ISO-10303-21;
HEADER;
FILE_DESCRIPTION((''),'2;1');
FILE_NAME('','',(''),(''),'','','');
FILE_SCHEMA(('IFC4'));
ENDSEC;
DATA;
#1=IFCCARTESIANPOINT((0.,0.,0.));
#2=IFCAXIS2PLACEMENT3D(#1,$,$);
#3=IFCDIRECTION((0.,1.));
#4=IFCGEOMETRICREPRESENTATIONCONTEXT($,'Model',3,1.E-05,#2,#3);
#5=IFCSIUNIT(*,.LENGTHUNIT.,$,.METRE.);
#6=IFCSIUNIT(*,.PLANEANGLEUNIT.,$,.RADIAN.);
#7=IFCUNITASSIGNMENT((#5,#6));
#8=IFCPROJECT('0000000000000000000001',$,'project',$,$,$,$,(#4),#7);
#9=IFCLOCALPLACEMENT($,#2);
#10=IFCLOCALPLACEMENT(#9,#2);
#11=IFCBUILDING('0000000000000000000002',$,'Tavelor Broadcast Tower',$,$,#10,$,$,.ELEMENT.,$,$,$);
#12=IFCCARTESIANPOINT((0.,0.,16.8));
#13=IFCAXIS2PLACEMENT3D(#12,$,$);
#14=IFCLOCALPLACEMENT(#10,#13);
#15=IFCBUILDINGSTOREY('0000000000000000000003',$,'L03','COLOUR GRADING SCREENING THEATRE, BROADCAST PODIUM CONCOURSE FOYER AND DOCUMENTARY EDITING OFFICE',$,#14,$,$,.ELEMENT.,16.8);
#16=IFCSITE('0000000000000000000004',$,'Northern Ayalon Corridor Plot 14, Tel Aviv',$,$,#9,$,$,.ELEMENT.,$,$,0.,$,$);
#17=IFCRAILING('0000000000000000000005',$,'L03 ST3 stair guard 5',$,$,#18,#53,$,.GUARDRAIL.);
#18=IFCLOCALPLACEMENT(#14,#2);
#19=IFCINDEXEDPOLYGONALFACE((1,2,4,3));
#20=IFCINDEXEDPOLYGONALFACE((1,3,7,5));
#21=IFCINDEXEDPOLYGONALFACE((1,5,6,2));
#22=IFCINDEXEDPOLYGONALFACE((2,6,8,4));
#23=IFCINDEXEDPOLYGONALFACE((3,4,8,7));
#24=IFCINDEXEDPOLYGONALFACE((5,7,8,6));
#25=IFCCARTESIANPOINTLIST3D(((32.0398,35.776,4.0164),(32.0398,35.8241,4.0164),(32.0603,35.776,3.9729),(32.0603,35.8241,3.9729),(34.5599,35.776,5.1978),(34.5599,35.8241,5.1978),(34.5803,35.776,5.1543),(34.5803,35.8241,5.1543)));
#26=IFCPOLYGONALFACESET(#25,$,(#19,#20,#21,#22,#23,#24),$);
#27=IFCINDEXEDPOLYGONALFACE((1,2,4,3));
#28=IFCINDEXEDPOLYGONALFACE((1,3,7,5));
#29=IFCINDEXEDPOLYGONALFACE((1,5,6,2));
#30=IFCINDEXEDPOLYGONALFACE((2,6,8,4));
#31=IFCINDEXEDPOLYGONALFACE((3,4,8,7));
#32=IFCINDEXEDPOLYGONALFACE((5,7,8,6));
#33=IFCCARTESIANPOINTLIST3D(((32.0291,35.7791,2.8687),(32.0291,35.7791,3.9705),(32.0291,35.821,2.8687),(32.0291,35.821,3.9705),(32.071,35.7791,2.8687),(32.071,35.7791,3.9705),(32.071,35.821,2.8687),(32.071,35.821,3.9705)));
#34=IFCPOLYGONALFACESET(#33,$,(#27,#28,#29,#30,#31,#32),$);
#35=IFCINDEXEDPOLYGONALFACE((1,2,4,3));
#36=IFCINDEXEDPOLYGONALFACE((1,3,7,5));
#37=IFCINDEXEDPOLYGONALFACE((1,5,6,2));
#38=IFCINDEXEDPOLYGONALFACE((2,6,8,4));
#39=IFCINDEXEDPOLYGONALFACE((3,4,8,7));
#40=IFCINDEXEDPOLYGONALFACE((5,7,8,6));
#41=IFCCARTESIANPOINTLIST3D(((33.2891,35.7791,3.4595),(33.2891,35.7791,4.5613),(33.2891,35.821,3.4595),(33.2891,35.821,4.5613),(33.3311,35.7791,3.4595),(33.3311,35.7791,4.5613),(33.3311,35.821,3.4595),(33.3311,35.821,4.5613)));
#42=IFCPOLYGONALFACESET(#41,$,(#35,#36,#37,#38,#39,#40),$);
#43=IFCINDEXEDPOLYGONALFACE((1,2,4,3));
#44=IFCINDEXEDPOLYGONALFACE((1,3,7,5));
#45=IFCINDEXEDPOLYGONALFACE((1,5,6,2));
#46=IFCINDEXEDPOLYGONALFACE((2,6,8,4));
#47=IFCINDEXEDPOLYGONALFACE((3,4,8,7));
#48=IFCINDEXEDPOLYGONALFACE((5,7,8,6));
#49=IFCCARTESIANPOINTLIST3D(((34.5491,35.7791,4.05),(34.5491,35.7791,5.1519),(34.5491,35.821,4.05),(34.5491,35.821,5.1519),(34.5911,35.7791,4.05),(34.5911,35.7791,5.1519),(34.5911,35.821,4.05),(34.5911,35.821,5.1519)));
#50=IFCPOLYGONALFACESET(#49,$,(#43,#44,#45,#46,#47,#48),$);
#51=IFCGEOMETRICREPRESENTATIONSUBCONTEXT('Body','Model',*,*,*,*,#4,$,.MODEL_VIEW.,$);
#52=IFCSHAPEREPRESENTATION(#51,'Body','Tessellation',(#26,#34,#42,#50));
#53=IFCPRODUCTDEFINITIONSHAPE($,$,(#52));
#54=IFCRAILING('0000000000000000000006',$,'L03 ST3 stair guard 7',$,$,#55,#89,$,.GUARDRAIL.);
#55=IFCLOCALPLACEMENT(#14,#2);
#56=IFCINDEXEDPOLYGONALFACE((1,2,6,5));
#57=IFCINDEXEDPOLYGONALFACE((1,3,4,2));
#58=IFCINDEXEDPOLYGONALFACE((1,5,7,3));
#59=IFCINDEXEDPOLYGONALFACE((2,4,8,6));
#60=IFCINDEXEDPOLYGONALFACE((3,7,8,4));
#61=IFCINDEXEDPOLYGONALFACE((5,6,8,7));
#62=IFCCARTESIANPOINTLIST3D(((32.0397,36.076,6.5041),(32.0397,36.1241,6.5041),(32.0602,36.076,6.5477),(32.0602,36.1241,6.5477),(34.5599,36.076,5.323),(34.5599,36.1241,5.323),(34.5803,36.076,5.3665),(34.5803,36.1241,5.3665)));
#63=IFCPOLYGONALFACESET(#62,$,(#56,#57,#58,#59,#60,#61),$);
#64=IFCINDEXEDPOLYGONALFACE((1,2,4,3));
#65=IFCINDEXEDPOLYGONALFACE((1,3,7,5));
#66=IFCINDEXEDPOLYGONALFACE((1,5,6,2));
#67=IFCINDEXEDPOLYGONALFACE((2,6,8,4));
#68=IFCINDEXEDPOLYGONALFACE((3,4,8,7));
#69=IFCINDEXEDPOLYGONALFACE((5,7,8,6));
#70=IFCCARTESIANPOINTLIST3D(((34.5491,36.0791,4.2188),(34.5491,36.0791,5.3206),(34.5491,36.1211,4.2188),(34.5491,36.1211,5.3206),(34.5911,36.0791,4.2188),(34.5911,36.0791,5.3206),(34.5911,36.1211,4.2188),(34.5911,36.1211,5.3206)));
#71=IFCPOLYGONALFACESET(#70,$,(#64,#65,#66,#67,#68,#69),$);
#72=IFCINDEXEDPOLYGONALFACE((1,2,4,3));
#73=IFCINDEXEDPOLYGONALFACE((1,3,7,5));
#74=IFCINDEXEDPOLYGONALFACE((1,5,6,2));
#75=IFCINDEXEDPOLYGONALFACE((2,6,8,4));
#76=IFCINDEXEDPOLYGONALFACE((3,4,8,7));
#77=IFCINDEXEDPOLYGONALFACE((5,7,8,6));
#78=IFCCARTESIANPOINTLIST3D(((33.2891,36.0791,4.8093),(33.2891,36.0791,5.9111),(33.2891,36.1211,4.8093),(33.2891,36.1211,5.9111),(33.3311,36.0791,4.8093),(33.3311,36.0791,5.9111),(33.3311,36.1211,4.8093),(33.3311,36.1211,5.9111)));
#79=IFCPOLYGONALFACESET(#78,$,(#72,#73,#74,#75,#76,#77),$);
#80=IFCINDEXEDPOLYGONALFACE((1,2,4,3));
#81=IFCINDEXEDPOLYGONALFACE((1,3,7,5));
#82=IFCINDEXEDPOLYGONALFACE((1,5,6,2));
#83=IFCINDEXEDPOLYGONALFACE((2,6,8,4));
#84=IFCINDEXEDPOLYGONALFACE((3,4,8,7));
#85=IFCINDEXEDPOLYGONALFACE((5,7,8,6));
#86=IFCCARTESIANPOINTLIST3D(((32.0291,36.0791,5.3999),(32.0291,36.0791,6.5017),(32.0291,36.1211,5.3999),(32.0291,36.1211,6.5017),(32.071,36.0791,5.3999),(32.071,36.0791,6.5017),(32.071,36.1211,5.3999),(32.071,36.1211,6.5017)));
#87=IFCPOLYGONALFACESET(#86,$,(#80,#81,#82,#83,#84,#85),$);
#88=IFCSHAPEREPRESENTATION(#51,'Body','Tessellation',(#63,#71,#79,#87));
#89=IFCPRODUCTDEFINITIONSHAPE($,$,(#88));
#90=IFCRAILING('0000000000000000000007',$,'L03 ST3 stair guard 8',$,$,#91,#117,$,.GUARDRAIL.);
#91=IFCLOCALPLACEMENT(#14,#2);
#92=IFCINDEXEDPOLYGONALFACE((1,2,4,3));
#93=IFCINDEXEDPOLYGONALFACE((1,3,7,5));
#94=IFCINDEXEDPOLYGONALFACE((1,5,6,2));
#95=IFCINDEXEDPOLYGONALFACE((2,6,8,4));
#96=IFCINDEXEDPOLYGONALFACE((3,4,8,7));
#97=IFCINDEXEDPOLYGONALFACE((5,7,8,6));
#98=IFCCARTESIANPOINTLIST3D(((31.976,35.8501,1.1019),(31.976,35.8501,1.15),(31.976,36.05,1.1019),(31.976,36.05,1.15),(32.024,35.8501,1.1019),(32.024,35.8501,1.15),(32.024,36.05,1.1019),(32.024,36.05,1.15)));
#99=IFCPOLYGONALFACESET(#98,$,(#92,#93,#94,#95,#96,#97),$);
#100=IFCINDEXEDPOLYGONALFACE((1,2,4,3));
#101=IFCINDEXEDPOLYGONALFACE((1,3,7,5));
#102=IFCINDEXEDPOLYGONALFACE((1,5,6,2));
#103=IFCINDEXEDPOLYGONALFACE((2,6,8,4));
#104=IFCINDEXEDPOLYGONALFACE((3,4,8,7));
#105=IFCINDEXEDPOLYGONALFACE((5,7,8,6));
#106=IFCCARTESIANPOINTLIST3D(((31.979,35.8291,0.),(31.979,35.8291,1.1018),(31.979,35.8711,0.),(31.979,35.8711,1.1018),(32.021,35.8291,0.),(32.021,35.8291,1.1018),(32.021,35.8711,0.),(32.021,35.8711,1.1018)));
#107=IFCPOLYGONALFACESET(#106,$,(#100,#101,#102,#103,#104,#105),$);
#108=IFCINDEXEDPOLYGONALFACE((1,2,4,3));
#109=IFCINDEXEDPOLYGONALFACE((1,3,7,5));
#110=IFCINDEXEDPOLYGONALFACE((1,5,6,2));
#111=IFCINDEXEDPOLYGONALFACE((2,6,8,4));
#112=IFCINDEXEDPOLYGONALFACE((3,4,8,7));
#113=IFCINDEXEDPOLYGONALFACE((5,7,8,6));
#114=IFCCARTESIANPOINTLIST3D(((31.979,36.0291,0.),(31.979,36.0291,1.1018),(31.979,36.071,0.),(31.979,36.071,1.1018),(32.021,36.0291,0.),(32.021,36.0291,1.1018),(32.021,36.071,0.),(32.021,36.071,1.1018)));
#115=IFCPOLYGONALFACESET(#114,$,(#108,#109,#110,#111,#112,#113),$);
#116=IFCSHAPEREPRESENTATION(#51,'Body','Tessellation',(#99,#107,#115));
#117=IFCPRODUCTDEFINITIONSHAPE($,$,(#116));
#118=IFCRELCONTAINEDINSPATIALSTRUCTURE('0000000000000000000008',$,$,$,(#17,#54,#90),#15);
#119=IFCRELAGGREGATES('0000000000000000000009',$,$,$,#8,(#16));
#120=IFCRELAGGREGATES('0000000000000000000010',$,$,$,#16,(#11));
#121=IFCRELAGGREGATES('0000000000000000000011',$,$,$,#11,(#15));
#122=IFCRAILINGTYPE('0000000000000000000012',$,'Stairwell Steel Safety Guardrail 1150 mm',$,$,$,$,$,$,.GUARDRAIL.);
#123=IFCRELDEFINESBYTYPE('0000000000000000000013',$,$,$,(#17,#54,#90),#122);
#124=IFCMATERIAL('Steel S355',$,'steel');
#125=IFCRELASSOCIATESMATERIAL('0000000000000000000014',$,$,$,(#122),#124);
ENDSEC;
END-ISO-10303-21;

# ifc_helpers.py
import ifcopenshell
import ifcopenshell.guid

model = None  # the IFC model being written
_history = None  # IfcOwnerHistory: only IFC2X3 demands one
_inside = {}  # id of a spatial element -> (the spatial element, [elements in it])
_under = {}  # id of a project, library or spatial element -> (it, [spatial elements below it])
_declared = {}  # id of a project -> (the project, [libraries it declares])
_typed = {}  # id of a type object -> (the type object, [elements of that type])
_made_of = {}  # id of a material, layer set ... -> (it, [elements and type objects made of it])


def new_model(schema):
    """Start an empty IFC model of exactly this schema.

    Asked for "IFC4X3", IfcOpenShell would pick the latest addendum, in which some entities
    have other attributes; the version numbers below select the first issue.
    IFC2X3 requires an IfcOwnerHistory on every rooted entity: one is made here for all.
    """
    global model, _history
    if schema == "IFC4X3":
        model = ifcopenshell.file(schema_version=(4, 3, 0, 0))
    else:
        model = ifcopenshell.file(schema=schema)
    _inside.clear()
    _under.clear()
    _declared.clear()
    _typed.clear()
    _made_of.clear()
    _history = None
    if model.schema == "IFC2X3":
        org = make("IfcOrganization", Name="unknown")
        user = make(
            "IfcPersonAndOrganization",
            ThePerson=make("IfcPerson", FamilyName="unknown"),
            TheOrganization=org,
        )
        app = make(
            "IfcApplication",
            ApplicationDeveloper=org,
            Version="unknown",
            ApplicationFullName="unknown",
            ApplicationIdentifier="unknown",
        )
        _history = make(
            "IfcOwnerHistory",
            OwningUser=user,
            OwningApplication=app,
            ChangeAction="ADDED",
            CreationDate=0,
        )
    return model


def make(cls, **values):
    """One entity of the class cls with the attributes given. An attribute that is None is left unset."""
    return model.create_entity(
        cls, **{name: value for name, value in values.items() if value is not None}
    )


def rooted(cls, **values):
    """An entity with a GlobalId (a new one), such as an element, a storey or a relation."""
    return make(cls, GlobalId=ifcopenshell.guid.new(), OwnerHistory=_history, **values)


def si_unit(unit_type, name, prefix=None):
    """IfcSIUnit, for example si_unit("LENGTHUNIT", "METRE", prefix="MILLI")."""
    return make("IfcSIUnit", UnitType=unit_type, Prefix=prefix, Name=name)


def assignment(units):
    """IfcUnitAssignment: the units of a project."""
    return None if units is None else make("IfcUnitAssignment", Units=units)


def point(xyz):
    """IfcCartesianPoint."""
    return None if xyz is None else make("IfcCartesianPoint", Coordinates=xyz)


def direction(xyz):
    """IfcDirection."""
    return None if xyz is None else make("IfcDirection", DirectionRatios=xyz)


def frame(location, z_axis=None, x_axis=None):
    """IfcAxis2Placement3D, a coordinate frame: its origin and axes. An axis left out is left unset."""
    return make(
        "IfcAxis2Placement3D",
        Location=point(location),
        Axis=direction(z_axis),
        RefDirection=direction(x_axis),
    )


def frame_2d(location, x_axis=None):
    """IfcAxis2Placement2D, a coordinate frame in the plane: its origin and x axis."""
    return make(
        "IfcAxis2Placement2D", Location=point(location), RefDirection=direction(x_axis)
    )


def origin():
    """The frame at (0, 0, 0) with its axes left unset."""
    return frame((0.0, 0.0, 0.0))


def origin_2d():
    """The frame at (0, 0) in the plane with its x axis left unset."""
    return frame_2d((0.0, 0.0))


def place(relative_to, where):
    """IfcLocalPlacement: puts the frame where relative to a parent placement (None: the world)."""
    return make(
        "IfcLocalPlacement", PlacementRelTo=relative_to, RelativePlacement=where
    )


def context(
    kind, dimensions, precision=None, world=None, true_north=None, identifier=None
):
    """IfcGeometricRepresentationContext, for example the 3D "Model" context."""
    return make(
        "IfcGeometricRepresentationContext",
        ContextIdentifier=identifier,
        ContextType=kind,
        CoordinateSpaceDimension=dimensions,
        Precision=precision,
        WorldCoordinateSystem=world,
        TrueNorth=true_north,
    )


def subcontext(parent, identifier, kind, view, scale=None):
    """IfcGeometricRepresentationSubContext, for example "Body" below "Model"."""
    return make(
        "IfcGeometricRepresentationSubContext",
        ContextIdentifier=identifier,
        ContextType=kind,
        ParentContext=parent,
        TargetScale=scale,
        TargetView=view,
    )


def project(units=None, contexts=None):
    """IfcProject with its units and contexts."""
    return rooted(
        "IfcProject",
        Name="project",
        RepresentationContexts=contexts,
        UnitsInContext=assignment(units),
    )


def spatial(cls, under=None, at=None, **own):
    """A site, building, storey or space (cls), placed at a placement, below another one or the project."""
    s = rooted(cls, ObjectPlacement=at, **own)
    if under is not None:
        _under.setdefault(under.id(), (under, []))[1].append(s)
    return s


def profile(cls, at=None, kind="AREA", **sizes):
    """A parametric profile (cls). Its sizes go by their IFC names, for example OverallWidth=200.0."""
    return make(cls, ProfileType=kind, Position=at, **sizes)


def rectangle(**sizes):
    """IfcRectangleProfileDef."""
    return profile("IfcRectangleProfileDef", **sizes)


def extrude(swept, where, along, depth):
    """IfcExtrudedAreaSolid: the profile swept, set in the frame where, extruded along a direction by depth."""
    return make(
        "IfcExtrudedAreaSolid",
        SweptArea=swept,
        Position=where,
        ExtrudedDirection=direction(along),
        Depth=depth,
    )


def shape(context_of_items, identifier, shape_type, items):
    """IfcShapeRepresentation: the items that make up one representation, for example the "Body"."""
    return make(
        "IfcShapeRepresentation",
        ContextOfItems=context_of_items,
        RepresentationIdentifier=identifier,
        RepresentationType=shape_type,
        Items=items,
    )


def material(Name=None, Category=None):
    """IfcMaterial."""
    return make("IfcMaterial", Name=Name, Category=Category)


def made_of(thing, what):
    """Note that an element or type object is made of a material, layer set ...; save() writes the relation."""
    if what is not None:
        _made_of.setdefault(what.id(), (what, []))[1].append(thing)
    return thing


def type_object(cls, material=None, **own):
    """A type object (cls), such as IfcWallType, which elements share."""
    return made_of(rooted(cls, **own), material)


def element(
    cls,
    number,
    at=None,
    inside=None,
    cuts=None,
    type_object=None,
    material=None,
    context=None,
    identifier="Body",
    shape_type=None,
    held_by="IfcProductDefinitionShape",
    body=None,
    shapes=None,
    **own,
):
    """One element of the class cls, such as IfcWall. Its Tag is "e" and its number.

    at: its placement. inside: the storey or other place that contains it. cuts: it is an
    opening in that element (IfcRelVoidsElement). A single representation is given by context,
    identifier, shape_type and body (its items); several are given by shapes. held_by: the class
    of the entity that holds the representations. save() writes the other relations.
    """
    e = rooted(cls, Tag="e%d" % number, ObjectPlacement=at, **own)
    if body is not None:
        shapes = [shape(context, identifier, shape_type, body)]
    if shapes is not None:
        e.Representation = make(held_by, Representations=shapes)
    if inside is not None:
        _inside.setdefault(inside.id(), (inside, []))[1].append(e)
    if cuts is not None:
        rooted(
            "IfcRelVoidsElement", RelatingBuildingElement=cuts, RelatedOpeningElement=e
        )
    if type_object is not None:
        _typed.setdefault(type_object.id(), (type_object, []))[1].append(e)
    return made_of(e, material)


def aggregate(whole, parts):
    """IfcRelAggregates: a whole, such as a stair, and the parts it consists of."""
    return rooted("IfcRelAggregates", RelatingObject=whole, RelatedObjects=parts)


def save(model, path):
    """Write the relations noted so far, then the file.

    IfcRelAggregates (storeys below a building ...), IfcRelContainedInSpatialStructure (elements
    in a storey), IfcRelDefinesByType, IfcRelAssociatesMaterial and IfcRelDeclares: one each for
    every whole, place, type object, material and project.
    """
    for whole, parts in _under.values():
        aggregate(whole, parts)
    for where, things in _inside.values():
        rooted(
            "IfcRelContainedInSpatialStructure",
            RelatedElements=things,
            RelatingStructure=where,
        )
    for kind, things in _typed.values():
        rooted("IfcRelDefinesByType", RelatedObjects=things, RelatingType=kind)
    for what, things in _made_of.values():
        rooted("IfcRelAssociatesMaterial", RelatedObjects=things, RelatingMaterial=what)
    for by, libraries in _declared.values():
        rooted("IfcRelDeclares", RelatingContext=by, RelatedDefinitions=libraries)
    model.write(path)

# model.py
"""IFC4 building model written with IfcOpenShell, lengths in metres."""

from ifc_helpers import new_model, si_unit, direction, frame, origin, origin_2d, place, context, subcontext, project, spatial, rectangle, extrude, material, type_object, element, save


model = new_model("IFC4")

# Units and contexts
model_context = context("Model", 3, precision=1e-05, world=origin(), true_north=direction((0.0, 1.0)))
body_context = subcontext(model_context, "Body", "Model", "MODEL_VIEW")
ifc_project = project(units=[si_unit("LENGTHUNIT", "METRE"), si_unit("PLANEANGLEUNIT", "RADIAN")], contexts=[model_context])

# Site, building, storey
site_placement = place(None, origin())
site = spatial("IfcSite", under=ifc_project, at=site_placement, Name="Northern Ayalon Corridor Plot 14, Tel Aviv", CompositionType="ELEMENT", RefElevation=0.0)
building_placement = place(site_placement, origin())
building = spatial("IfcBuilding", under=site, at=building_placement, Name="Tavelor Broadcast Tower", CompositionType="ELEMENT")
storey_placement = place(building_placement, frame((0.0, 0.0, 16.8)))
storey = spatial("IfcBuildingStorey", under=building, at=storey_placement, Name="L03", Description="COLOUR GRADING SCREENING THEATRE, BROADCAST PODIUM CONCOURSE FOYER AND DOCUMENTARY EDITING OFFICE", CompositionType="ELEMENT", Elevation=16.8)

# Shared definitions
ifc_material_1 = material(Name="Steel S355", Category="steel")

# Railings
railing_type_1 = type_object("IfcRailingType", Name="Stairwell Steel Safety Guardrail 1150 mm", PredefinedType="GUARDRAIL", material=ifc_material_1)
railing_1_placement = place(storey_placement, frame((32.05, 35.8, 2.8687)))
element("IfcRailing", 1, at=railing_1_placement, inside=storey, type_object=railing_type_1, Name="L03 ST3 stair guard 5", PredefinedType="GUARDRAIL", context=body_context, shape_type="SweptSolid", body=[
    extrude(rectangle(XDim=0.0481, YDim=0.0481, at=origin_2d()), frame((0.0, 0.0, 1.126), z_axis=(0.90544, 0.0, 0.424474), x_axis=(0.0, 1.0, 0.0)), (0.0, 0.0, 1.0), 2.7832),
    extrude(rectangle(XDim=0.042, YDim=0.042, at=origin_2d()), origin(), (0.0, 0.0, 1.0), 1.1018),
    extrude(rectangle(XDim=0.042, YDim=0.042, at=origin_2d()), frame((1.26, 0.0, 0.5908)), (0.0, 0.0, 1.0), 1.1018),
    extrude(rectangle(XDim=0.042, YDim=0.042, at=origin_2d()), frame((2.52, 0.0, 1.1814)), (0.0, 0.0, 1.0), 1.1018),
])
railing_2_placement = place(storey_placement, frame((34.5701, 36.1001, 4.2188)))
element("IfcRailing", 2, at=railing_2_placement, inside=storey, type_object=railing_type_1, Name="L03 ST3 stair guard 7", PredefinedType="GUARDRAIL", context=body_context, shape_type="SweptSolid", body=[
    extrude(rectangle(XDim=0.0481, YDim=0.0481, at=origin_2d()), frame((0.0, 0.0, 1.126), z_axis=(-0.905474, 0.0, 0.424402), x_axis=(0.0, -1.0, 0.0)), (0.0, 0.0, 1.0), 2.7832),
    extrude(rectangle(XDim=0.042, YDim=0.042, at=origin_2d()), origin(), (0.0, 0.0, 1.0), 1.1018),
    extrude(rectangle(XDim=0.042, YDim=0.042, at=origin_2d()), frame((-1.26, 0.0, 0.5906)), (0.0, 0.0, 1.0), 1.1018),
    extrude(rectangle(XDim=0.042, YDim=0.042, at=origin_2d()), frame((-2.52, 0.0, 1.1812)), (0.0, 0.0, 1.0), 1.1018),
])
railing_3_placement = place(storey_placement, frame((32.0, 35.8501, 0.0)))
element("IfcRailing", 3, at=railing_3_placement, inside=storey, type_object=railing_type_1, Name="L03 ST3 stair guard 8", PredefinedType="GUARDRAIL", context=body_context, shape_type="SweptSolid", body=[
    extrude(rectangle(XDim=0.0481, YDim=0.0481, at=origin_2d()), frame((0.0, 0.0, 1.126), z_axis=(0.0, 1.0, 0.0), x_axis=(-1.0, 0.0, 0.0)), (0.0, 0.0, 1.0), 0.2),
    extrude(rectangle(XDim=0.042, YDim=0.042, at=origin_2d()), origin(), (0.0, 0.0, 1.0), 1.1018),
    extrude(rectangle(XDim=0.042, YDim=0.042, at=origin_2d()), frame((0.0, 0.2, 0.0)), (0.0, 0.0, 1.0), 1.1018),
])

save(model, "model.ifc")
